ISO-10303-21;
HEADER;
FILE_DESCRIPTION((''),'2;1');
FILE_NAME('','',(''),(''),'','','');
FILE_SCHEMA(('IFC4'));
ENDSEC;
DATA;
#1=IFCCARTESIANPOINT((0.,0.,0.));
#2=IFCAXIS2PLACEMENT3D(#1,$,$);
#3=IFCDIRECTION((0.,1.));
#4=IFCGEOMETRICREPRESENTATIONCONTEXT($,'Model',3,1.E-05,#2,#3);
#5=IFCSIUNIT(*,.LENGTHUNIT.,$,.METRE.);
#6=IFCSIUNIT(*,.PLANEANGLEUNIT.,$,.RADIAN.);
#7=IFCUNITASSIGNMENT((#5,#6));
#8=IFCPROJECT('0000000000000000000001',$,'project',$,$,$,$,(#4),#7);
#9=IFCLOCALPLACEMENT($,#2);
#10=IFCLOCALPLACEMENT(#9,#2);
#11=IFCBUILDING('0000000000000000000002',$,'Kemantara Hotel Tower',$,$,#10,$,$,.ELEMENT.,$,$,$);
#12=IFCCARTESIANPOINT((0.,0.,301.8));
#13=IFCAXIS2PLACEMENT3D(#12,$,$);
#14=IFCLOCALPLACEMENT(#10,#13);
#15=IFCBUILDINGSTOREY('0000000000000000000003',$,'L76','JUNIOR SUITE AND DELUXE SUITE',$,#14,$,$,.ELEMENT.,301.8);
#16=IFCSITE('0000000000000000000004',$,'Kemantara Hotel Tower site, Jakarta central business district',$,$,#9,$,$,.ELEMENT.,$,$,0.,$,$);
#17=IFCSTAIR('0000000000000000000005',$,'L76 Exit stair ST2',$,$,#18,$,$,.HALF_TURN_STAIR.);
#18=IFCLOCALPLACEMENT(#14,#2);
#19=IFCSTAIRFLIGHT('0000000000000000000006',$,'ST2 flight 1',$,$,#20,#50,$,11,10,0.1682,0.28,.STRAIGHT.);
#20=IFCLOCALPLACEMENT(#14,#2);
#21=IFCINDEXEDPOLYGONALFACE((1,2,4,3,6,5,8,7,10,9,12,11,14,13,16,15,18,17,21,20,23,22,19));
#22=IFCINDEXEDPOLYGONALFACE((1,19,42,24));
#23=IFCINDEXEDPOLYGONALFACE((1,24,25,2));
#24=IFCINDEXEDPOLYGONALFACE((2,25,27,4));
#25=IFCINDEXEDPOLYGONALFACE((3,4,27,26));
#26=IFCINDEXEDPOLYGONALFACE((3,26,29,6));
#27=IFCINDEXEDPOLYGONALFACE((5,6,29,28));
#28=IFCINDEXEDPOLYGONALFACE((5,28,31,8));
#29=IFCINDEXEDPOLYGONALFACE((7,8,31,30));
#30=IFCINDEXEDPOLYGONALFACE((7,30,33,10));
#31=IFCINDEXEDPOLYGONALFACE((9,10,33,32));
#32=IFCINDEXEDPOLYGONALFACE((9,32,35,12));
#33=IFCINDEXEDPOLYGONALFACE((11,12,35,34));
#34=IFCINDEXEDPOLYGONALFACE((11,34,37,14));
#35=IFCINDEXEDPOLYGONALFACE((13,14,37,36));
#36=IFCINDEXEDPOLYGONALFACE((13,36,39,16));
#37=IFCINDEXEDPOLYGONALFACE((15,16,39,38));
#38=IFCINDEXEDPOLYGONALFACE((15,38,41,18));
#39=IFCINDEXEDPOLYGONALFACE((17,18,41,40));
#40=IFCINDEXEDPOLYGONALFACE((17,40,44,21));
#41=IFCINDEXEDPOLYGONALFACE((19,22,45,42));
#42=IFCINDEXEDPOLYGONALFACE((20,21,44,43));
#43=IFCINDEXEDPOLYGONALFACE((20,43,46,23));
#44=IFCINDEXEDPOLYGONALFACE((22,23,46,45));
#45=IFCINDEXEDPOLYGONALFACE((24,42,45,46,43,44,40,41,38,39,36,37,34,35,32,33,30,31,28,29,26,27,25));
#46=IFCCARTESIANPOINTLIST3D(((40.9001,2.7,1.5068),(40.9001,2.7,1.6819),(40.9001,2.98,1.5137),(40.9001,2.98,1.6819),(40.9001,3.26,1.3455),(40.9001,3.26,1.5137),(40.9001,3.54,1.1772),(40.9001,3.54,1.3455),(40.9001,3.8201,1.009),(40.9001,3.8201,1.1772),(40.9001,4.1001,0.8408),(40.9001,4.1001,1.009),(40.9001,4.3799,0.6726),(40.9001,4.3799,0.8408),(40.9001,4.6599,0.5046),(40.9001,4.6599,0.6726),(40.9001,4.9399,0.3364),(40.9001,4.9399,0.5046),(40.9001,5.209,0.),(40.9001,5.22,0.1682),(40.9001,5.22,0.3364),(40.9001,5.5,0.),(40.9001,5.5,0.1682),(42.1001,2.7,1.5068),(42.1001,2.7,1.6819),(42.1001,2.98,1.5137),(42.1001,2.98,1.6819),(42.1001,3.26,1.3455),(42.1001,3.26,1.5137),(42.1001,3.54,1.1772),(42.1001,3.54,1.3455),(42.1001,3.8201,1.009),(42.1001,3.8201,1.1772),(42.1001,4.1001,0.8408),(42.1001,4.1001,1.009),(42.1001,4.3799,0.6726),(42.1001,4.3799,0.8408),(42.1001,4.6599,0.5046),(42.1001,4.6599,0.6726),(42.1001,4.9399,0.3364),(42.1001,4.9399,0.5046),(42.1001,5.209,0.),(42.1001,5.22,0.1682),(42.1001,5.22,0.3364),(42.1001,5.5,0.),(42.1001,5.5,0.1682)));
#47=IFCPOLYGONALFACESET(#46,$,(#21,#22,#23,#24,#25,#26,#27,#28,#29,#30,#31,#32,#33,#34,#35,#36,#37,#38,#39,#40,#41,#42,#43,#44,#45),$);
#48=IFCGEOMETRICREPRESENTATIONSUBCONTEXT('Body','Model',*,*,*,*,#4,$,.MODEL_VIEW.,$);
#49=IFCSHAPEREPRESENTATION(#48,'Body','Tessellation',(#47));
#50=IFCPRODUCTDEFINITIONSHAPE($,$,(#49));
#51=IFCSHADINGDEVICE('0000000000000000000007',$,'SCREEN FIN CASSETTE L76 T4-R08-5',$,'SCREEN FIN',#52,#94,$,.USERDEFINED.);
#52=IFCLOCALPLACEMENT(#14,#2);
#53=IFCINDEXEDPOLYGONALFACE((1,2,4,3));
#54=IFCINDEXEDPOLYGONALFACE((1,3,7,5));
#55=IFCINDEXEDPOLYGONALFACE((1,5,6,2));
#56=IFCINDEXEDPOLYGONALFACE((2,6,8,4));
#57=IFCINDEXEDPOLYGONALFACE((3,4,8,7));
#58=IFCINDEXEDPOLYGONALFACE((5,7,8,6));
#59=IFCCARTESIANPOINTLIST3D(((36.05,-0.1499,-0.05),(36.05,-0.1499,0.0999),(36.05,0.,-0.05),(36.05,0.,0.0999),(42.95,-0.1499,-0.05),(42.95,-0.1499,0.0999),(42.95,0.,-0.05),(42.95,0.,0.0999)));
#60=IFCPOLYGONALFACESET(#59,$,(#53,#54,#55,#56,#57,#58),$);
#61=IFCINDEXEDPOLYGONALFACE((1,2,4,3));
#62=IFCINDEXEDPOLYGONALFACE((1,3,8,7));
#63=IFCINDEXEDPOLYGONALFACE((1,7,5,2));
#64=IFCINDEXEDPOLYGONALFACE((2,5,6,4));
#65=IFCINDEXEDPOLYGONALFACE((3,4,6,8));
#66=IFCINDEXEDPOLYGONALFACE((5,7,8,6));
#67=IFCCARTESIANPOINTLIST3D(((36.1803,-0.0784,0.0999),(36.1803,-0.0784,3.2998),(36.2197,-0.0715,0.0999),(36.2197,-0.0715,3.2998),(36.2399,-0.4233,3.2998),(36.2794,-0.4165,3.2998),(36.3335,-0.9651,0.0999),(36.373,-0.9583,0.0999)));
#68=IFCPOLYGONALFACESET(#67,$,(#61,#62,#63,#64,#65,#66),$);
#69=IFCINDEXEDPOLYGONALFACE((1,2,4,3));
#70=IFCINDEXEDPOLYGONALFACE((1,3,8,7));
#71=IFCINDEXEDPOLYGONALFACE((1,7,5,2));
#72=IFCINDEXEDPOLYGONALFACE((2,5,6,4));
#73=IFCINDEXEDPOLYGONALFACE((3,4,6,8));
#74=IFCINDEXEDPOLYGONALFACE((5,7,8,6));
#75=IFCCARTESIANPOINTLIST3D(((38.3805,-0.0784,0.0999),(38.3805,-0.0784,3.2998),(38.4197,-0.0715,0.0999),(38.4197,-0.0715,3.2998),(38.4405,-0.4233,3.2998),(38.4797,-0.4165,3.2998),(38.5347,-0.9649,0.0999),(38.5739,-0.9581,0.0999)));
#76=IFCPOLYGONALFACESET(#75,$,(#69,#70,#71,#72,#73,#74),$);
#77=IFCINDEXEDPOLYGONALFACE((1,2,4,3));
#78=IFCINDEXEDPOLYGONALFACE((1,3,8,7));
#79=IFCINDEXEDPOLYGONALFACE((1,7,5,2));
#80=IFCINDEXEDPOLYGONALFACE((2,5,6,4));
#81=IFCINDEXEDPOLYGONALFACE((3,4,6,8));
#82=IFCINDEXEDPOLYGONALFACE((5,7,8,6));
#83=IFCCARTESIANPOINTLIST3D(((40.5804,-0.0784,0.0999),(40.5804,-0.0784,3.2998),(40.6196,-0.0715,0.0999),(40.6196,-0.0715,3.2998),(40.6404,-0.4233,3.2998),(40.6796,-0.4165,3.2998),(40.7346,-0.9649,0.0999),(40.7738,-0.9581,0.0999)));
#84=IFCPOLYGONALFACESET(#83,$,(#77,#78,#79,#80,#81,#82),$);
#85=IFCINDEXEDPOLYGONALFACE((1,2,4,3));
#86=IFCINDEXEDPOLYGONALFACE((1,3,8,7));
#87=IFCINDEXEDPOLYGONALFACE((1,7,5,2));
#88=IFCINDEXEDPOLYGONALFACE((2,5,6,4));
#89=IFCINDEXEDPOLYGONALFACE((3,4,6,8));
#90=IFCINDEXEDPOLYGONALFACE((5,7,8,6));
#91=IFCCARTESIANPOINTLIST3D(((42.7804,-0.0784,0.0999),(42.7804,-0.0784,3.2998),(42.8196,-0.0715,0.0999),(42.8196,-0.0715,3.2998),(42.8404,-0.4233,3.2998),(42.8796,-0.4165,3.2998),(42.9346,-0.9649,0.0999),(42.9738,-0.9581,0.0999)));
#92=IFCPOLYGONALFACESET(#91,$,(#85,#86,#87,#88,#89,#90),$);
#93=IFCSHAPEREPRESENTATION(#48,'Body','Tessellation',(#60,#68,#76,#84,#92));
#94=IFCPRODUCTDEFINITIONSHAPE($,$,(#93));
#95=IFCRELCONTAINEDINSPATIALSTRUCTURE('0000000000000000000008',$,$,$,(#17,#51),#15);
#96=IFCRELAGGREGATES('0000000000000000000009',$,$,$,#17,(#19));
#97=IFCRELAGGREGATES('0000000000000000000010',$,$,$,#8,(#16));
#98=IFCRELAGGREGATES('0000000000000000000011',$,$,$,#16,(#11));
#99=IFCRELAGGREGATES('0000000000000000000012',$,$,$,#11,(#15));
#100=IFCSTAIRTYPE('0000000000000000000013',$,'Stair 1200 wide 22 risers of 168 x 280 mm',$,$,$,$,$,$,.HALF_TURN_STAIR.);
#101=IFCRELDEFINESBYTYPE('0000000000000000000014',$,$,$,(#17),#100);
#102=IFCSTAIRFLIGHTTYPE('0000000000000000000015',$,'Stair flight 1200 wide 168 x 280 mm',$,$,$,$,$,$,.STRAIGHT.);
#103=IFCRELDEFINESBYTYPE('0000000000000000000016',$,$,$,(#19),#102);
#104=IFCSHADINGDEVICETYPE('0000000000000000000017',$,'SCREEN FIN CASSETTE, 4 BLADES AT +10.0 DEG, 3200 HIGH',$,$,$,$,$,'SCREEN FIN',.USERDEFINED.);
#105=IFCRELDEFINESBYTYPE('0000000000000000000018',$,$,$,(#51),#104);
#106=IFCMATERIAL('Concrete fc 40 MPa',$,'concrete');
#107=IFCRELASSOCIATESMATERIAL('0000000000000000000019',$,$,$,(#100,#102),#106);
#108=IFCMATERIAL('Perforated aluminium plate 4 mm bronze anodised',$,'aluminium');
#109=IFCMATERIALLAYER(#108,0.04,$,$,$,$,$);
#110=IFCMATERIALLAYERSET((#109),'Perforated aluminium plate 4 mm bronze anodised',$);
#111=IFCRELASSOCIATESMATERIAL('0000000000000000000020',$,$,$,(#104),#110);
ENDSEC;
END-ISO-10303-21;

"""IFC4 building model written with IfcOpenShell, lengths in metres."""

from ifc_helpers import new_model, si_unit, direction, frame, origin, origin_2d, place, context, subcontext, project, spatial, polyline, rectangle, outline, extrude, source, transform, mapped, material, layer, layer_set, type_object, element, aggregate, save


model = new_model("IFC4")

# Units and contexts
model_context = context("Model", 3, precision=1e-05, world=origin(), true_north=direction((0.0, 1.0)))
body_context = subcontext(model_context, "Body", "Model", "MODEL_VIEW")
ifc_project = project(units=[si_unit("LENGTHUNIT", "METRE"), si_unit("PLANEANGLEUNIT", "RADIAN")], contexts=[model_context])

# Site, building, storey
site_placement = place(None, origin())
site = spatial("IfcSite", under=ifc_project, at=site_placement, Name="Kemantara Hotel Tower site, Jakarta central business district", CompositionType="ELEMENT", RefElevation=0.0)
building_placement = place(site_placement, origin())
building = spatial("IfcBuilding", under=site, at=building_placement, Name="Kemantara Hotel Tower", CompositionType="ELEMENT")
storey_placement = place(building_placement, frame((0.0, 0.0, 301.8)))
storey = spatial("IfcBuildingStorey", under=building, at=storey_placement, Name="L76", Description="JUNIOR SUITE AND DELUXE SUITE", CompositionType="ELEMENT", Elevation=301.8)

# Stair, stair flight
ifc_material_1 = material(Name="Concrete fc 40 MPa", Category="concrete")
stair_type = type_object("IfcStairType", Name="Stair 1200 wide 22 risers of 168 x 280 mm", PredefinedType="HALF_TURN_STAIR", material=ifc_material_1)
stair_placement = place(storey_placement, origin())
stair = element("IfcStair", 1, at=stair_placement, inside=storey, type_object=stair_type, Name="L76 Exit stair ST2", PredefinedType="HALF_TURN_STAIR")
stair_flight_type = type_object("IfcStairFlightType", Name="Stair flight 1200 wide 168 x 280 mm", PredefinedType="STRAIGHT", material=ifc_material_1)
stair_flight_placement = place(storey_placement, frame((41.5, 5.5, 0.0), z_axis=(0.0, 0.0, 1.0), x_axis=(0.0, -1.0, 0.0)))
stair_flight = element("IfcStairFlight", 2, at=stair_flight_placement, type_object=stair_flight_type, Name="ST2 flight 1", NumberOfRisers=11, NumberOfTreads=10, PredefinedType="STRAIGHT", RiserHeight=0.1682, TreadLength=0.28, context=body_context, shape_type="SweptSolid", body=[
    extrude(outline(polyline([(0.0, 0.0), (0.0, 0.1682), (0.28, 0.1682), (0.28, 0.3364), (0.5601, 0.3364), (0.5601, 0.5046), (0.8401, 0.5046), (0.8401, 0.6726), (1.1201, 0.6726), (1.1201, 0.8408), (1.3999, 0.8408), (1.3999, 1.009), (1.6799, 1.009), (1.6799, 1.1772), (1.96, 1.1772), (1.96, 1.3455), (2.24, 1.3455), (2.24, 1.5137), (2.52, 1.5137), (2.52, 1.6819), (2.8, 1.6819), (2.8, 1.8501), (2.8, 1.5068), (0.291, 0.0), (0.0, 0.0)])), frame((0.0, 0.6001, 0.0), z_axis=(0.0, -1.0, 0.0), x_axis=(1.0, 0.0, 0.0)), (0.0, 0.0, 1.0), 1.2),
])
aggregate(stair, [stair_flight])

# Shading device
ifc_material_2 = material(Name="Perforated aluminium plate 4 mm bronze anodised", Category="aluminium")
ifc_layer_1 = layer(ifc_material_2, 0.04)
ifc_layer_set_1 = layer_set([ifc_layer_1], Name="Perforated aluminium plate 4 mm bronze anodised")
shading_device_type = type_object("IfcShadingDeviceType", Name="SCREEN FIN CASSETTE, 4 BLADES AT +10.0 DEG, 3200 HIGH", ElementType="SCREEN FIN", PredefinedType="USERDEFINED", material=ifc_layer_set_1)
shared_shape = source(origin(), body_context, "Body", "SweptSolid", [
    extrude(rectangle(XDim=6.8999, YDim=0.1499, at=origin_2d()), frame((3.3, -0.075, -0.1499), z_axis=(0.0, 0.0, 1.0), x_axis=(1.0, 0.0, 0.0)), (0.0, 0.0, 1.0), 0.1499),
    extrude(outline(polyline([(0.0, 0.0), (0.8999, 0.0), (0.3501, 3.2), (0.0, 3.2), (0.0, 0.0)])), frame((0.0198, -0.0715, 0.0), z_axis=(-0.98539, -0.170314, 0.0), x_axis=(0.170314, -0.98539, 0.0)), (0.0, 0.0, 1.0), 0.04),
    extrude(outline(polyline([(0.0, 0.0), (0.8999, 0.0), (0.3501, 3.2), (0.0, 3.2), (0.0, 0.0)])), frame((2.2197, -0.0715, 0.0), z_axis=(-0.985212, -0.171341, 0.0), x_axis=(0.171341, -0.985212, 0.0)), (0.0, 0.0, 1.0), 0.0398),
    extrude(outline(polyline([(0.0, 0.0), (0.8999, 0.0), (0.3501, 3.2), (0.0, 3.2), (0.0, 0.0)])), frame((4.4197, -0.0715, 0.0), z_axis=(-0.985212, -0.171341, 0.0), x_axis=(0.171341, -0.985212, 0.0)), (0.0, 0.0, 1.0), 0.0398),
    extrude(outline(polyline([(0.0, 0.0), (0.8999, 0.0), (0.3501, 3.2), (0.0, 3.2), (0.0, 0.0)])), frame((6.6196, -0.0715, 0.0), z_axis=(-0.985212, -0.171341, 0.0), x_axis=(0.171341, -0.985212, 0.0)), (0.0, 0.0, 1.0), 0.0398),
])
shading_device_placement = place(storey_placement, frame((36.2, 0.0, 0.0999), z_axis=(0.0, 0.0, 1.0), x_axis=(1.0, 0.0, 0.0)))
element("IfcShadingDevice", 3, at=shading_device_placement, inside=storey, type_object=shading_device_type, Name="SCREEN FIN CASSETTE L76 T4-R08-5", ObjectType="SCREEN FIN", PredefinedType="USERDEFINED", context=body_context, shape_type="MappedRepresentation", body=[
    mapped(shared_shape, transform((0.0, 0.0, 0.0))),
])

save(model, "model.ifc")
